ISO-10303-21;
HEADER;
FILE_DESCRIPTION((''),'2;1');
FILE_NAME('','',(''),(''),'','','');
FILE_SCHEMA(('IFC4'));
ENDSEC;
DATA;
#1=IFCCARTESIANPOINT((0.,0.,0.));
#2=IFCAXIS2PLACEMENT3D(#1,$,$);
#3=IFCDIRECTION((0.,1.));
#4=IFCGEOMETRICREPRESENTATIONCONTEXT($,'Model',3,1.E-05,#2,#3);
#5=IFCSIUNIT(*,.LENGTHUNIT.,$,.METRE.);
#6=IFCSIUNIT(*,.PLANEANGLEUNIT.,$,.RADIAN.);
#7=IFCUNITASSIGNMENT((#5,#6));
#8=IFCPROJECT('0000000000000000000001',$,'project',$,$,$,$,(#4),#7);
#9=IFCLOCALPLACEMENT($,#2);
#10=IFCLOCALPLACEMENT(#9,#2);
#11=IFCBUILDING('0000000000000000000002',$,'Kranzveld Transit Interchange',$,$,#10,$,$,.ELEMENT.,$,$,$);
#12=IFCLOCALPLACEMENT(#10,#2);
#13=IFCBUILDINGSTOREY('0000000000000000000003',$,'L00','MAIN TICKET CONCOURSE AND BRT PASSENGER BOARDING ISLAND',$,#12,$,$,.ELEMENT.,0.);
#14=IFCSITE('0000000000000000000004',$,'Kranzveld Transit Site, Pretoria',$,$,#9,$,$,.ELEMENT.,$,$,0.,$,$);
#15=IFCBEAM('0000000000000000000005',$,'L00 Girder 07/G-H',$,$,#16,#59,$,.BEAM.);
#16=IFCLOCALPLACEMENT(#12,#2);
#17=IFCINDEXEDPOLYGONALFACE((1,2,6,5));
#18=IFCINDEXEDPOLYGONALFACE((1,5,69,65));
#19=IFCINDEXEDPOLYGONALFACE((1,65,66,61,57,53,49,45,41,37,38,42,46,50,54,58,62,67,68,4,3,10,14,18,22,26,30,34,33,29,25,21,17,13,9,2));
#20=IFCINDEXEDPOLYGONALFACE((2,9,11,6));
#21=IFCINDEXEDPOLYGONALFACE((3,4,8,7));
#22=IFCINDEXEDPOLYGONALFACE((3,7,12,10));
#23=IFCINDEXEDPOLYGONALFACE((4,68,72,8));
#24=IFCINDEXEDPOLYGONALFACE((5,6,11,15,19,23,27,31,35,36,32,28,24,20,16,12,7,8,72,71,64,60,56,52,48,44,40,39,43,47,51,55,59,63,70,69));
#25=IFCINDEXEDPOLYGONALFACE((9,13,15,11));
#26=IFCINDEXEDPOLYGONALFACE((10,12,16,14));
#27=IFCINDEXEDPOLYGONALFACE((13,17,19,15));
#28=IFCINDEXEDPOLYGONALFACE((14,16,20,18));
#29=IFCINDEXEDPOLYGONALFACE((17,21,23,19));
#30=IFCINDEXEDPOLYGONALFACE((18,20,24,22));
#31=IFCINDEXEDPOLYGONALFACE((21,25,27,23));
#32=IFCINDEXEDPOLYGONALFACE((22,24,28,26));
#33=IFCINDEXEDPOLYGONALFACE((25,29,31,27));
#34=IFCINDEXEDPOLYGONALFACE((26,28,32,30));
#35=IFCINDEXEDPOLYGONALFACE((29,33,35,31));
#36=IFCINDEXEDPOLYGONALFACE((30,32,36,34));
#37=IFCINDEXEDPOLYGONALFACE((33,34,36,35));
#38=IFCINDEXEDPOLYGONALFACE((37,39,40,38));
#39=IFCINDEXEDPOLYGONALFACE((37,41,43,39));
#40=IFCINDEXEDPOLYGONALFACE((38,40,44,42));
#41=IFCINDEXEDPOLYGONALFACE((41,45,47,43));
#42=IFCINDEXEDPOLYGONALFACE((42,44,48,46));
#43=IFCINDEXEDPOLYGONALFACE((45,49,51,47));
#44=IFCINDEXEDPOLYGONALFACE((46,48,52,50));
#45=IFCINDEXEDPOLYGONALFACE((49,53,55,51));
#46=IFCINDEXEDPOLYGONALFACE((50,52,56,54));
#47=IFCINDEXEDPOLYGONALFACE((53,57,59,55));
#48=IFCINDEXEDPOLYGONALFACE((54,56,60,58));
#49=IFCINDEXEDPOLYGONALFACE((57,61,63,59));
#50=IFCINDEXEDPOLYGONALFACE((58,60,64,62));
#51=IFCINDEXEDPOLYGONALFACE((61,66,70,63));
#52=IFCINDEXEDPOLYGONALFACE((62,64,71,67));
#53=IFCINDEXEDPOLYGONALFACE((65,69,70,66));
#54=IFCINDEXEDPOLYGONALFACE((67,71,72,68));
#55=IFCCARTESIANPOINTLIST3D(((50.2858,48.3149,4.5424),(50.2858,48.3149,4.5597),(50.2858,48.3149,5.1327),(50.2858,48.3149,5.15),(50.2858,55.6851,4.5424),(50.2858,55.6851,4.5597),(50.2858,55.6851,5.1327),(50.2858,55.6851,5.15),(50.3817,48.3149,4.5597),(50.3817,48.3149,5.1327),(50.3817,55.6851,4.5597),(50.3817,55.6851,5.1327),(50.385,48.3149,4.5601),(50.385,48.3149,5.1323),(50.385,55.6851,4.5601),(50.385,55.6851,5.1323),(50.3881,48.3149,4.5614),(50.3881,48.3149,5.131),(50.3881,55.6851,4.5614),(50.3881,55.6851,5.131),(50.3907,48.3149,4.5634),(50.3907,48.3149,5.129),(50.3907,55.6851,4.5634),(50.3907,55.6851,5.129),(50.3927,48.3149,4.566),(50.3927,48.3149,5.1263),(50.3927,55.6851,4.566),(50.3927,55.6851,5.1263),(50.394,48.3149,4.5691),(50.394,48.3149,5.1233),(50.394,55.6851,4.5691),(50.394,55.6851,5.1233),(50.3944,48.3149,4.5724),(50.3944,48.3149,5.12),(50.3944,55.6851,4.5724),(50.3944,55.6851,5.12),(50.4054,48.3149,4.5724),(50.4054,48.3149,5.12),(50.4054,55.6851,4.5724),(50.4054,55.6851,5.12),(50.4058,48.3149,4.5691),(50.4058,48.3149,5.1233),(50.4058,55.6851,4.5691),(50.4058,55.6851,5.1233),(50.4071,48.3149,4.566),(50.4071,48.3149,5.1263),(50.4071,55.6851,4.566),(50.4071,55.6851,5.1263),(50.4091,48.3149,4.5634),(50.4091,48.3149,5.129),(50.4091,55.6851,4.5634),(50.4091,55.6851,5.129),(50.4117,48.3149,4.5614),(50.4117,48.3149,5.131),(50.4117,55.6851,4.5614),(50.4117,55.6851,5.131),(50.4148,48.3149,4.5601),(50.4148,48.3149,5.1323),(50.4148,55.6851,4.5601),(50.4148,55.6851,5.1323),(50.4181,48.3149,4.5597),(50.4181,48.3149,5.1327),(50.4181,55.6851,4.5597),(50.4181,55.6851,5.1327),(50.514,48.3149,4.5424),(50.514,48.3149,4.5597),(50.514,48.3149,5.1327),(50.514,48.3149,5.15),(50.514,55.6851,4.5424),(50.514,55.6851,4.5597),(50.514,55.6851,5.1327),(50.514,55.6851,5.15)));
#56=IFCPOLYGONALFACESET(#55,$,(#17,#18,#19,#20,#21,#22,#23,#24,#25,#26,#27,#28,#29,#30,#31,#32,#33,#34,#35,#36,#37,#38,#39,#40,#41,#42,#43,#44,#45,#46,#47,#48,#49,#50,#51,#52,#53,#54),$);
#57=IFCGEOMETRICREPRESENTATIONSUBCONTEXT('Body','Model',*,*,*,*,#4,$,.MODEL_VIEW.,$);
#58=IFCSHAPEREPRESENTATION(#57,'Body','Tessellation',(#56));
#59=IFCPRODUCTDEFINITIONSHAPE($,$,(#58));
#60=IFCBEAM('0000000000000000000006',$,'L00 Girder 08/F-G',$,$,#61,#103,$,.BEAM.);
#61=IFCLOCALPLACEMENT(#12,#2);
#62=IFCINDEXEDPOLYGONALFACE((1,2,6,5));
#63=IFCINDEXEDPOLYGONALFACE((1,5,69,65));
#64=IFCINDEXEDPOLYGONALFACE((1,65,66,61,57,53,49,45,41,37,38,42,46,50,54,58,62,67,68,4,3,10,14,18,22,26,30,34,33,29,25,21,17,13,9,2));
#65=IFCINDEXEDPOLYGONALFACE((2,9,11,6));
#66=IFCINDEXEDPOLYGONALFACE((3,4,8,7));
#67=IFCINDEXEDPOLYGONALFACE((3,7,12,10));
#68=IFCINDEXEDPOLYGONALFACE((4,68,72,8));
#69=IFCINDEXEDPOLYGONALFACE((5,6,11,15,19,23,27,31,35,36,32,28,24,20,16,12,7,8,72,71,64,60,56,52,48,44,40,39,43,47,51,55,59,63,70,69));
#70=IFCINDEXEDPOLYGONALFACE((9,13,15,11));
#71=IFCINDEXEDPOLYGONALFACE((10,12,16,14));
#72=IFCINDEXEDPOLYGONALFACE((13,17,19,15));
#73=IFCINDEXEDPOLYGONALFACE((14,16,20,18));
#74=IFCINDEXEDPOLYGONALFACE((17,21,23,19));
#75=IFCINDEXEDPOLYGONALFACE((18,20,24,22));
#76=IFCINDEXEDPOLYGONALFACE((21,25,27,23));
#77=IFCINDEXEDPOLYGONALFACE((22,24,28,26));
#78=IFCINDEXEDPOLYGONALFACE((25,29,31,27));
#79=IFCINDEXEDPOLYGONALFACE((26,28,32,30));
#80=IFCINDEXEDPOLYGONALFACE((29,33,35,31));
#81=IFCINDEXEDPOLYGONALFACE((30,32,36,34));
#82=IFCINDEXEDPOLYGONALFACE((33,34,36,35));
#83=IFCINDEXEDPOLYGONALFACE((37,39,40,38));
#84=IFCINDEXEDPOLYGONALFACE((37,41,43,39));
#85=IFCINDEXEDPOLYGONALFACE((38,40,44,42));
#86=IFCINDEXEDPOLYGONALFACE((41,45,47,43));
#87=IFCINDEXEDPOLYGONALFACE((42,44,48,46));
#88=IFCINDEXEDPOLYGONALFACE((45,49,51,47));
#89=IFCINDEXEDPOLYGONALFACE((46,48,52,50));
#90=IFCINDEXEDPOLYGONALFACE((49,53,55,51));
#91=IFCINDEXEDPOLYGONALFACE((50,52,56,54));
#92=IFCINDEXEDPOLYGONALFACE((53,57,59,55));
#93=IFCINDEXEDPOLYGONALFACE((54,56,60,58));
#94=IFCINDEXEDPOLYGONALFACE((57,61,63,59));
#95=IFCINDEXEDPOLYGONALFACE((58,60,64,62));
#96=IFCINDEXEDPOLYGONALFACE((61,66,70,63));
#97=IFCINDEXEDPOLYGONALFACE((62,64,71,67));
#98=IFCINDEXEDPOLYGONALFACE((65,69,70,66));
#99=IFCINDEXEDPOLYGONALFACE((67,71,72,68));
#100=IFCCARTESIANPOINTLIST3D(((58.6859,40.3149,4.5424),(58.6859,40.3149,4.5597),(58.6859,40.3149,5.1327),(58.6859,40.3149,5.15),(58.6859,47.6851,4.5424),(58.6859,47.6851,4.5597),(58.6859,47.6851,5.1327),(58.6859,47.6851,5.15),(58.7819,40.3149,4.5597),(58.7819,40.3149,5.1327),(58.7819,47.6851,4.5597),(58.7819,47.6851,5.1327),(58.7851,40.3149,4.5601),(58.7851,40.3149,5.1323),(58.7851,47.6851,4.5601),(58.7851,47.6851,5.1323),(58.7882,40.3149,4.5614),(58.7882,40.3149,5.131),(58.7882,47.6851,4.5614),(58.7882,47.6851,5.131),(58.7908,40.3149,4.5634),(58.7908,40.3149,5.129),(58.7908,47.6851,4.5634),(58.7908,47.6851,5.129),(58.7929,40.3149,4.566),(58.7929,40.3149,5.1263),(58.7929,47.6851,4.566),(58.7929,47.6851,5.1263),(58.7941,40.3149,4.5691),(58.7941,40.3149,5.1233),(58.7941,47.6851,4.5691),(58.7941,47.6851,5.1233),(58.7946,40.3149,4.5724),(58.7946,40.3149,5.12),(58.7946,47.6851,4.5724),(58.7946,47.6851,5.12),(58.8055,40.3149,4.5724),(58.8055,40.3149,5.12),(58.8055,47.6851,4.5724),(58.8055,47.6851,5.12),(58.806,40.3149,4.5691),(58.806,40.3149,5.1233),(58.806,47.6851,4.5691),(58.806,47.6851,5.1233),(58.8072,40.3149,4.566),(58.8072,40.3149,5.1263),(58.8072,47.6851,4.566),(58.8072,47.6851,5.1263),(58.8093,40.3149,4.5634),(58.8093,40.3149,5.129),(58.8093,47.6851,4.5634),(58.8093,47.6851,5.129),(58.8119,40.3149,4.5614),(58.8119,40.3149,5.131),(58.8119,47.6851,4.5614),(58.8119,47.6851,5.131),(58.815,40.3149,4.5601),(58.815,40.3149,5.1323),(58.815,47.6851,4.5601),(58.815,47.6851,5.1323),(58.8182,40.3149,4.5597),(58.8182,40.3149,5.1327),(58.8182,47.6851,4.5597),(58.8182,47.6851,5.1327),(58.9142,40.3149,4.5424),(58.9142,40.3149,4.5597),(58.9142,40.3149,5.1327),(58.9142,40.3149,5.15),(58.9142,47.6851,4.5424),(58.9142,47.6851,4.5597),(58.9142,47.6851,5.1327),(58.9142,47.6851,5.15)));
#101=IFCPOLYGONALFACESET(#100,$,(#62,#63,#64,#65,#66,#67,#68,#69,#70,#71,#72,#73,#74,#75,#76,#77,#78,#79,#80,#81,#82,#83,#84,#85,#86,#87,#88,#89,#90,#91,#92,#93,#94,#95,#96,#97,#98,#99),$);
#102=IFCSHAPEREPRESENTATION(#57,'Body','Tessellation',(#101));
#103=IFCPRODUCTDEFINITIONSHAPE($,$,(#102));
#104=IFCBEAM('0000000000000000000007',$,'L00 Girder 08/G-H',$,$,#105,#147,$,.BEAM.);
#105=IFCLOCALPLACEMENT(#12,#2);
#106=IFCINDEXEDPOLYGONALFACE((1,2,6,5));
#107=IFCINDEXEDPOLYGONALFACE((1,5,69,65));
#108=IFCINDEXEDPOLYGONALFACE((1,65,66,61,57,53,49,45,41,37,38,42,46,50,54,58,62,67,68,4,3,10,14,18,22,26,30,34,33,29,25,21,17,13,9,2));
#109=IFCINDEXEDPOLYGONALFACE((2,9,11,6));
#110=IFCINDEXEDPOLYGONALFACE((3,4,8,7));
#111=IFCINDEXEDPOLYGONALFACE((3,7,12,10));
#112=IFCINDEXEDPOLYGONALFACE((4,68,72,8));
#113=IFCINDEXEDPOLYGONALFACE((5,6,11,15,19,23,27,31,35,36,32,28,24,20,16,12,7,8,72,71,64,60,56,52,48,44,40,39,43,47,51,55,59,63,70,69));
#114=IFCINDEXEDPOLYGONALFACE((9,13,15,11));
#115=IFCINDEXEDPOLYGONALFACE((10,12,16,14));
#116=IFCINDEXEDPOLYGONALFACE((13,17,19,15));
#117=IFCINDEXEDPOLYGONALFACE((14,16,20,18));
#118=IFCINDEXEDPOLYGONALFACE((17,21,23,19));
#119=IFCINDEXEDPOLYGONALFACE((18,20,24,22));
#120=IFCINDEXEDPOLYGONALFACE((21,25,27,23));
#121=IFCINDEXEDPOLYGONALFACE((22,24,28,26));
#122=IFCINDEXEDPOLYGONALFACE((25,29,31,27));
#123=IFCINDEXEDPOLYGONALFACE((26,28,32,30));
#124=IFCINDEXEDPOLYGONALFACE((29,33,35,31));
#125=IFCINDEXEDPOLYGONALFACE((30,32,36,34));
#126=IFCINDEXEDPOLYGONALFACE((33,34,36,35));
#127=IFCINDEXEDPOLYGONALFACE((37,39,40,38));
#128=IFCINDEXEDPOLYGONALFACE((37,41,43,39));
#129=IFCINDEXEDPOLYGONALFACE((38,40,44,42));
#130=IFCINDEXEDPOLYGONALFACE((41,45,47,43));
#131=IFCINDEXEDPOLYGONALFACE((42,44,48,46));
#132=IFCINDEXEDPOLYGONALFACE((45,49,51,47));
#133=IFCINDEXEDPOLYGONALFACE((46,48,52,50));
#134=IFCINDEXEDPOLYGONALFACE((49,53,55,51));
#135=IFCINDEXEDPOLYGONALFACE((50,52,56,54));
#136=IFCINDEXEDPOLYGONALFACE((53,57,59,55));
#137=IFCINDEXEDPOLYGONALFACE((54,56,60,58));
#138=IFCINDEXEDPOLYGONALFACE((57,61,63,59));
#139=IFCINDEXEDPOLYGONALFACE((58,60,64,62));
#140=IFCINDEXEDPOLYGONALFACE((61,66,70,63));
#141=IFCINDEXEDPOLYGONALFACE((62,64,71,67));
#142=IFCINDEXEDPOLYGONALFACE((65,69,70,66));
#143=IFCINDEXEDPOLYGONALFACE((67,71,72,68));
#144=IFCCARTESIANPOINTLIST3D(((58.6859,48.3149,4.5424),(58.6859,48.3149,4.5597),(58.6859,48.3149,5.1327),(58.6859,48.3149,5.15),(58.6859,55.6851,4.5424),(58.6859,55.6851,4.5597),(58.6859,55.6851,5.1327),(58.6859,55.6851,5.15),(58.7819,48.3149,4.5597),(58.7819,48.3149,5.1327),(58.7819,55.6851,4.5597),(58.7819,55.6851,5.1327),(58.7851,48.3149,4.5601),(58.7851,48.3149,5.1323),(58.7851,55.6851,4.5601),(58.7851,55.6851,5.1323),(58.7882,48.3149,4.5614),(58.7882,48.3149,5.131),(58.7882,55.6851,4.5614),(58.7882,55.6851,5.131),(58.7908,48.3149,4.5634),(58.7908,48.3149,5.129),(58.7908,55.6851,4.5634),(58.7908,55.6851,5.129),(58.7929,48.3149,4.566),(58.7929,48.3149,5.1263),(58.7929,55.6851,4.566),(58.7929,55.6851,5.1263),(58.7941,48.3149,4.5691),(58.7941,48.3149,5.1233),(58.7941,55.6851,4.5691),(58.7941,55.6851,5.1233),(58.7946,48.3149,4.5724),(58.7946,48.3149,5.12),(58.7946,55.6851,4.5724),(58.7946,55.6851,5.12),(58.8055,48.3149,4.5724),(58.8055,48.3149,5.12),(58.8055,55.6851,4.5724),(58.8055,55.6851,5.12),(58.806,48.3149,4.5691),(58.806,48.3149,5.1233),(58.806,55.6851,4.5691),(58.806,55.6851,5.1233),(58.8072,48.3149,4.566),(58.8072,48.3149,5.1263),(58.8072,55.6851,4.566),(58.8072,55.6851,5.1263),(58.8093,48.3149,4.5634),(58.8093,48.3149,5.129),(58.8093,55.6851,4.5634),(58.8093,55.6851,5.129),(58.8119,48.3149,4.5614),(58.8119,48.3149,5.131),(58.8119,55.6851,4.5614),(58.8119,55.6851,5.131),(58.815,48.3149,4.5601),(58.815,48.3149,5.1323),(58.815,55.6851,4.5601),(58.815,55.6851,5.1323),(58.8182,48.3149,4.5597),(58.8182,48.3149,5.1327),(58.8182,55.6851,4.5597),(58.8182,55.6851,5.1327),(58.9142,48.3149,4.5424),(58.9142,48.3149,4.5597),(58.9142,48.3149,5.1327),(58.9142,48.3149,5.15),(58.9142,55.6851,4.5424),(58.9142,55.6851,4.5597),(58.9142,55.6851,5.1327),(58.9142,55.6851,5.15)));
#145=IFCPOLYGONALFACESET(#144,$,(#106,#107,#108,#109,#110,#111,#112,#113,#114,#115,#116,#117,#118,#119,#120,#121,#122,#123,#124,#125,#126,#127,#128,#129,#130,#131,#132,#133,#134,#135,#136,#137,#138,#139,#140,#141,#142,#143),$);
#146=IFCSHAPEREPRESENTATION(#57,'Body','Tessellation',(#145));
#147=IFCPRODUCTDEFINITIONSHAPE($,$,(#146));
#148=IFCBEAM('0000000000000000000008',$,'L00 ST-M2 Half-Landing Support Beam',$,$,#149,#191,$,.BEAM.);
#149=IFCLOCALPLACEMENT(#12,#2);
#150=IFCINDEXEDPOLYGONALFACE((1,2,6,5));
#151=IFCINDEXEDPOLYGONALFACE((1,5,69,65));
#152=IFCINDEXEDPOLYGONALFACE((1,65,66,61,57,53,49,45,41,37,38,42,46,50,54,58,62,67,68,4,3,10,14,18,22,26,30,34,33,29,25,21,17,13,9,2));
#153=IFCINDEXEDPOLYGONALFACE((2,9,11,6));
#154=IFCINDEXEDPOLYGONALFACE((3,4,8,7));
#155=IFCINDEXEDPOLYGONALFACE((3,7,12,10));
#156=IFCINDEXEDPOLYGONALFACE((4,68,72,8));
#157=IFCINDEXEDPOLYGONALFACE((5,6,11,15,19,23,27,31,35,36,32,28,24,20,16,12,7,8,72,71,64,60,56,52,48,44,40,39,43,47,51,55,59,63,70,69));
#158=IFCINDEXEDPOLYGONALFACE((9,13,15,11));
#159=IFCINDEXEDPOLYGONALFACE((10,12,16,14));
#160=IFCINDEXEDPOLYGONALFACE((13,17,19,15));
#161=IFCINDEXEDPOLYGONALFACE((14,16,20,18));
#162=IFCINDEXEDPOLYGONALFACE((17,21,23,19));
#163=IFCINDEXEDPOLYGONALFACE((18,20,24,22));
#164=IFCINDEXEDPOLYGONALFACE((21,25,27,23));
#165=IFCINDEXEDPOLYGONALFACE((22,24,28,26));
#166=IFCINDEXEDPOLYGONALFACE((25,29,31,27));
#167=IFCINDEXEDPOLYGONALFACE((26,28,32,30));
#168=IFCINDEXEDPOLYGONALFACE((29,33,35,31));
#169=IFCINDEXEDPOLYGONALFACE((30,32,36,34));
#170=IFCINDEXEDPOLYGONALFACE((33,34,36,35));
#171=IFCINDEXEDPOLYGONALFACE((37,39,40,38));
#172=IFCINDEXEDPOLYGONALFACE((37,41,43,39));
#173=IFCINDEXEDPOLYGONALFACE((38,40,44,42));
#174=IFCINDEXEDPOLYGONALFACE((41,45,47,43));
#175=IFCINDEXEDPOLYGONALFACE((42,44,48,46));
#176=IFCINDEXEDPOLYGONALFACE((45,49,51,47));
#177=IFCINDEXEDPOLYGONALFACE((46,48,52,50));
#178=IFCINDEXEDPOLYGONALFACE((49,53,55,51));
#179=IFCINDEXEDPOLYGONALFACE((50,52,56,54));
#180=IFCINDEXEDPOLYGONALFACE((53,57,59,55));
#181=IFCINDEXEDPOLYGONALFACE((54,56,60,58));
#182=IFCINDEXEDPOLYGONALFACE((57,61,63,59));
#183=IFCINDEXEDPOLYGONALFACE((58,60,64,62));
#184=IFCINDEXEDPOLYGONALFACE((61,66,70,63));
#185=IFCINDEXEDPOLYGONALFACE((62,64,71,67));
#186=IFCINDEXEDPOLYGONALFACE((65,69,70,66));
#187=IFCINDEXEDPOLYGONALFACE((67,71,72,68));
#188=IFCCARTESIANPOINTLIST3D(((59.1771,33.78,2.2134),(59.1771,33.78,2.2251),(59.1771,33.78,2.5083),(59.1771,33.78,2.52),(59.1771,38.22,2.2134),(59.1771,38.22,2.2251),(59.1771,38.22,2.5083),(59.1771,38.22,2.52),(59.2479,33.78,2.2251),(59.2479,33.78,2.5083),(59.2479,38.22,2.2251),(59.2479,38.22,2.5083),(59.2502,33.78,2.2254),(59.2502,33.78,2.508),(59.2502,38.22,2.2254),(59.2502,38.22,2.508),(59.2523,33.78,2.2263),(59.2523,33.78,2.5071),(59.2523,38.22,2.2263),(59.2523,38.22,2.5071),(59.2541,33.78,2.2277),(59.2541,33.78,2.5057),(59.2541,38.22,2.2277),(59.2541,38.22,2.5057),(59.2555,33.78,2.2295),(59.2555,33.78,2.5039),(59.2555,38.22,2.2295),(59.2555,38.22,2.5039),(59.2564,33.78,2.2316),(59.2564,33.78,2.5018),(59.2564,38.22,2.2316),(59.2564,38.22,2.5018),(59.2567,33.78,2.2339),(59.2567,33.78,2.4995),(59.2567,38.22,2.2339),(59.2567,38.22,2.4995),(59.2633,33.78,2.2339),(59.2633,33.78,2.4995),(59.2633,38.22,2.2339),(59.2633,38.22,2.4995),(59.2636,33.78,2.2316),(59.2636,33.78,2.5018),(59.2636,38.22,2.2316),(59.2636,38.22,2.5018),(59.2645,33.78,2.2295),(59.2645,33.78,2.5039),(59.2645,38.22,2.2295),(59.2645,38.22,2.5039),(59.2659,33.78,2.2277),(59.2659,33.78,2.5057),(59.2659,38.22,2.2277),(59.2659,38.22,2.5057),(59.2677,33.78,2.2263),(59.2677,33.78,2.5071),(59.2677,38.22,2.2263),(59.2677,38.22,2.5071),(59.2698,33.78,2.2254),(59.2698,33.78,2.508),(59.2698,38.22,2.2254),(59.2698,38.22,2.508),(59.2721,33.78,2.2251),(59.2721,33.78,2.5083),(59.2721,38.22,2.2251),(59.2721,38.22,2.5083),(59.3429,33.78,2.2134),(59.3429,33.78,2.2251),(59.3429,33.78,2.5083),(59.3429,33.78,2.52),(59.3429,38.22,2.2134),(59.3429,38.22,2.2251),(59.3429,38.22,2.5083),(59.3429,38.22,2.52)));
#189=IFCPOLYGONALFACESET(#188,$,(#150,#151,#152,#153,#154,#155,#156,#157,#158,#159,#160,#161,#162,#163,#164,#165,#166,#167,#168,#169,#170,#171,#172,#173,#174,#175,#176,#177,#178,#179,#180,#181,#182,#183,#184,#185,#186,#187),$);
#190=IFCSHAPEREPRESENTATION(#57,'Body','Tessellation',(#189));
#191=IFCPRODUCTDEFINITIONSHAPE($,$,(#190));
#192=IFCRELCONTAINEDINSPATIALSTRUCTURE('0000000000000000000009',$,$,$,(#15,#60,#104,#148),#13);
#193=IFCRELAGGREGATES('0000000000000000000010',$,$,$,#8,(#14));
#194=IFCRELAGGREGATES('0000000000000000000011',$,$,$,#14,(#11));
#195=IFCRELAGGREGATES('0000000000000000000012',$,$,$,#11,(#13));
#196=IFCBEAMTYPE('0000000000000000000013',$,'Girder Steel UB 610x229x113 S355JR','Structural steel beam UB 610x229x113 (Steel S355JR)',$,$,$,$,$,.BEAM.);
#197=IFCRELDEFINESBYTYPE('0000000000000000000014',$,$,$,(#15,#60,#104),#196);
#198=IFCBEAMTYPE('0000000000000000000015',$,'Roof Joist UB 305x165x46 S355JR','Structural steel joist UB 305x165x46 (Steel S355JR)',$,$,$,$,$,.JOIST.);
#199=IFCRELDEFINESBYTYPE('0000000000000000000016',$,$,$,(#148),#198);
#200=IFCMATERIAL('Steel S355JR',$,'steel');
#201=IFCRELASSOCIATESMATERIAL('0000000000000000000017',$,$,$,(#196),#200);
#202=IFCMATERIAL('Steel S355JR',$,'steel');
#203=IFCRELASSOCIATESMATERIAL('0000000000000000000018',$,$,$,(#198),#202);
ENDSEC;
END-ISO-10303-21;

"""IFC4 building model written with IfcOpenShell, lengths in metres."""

from ifc_helpers import new_model, si_unit, direction, frame, origin, origin_2d, place, context, subcontext, project, spatial, i_section, extrude, material, material_profile, profile_set, type_object, element, save


model = new_model("IFC4")

# Units and contexts
model_context = context("Model", 3, precision=1e-05, world=origin(), true_north=direction((0.0, 1.0)))
body_context = subcontext(model_context, "Body", "Model", "MODEL_VIEW")
ifc_project = project(units=[si_unit("LENGTHUNIT", "METRE"), si_unit("PLANEANGLEUNIT", "RADIAN")], contexts=[model_context])

# Site, building, storey
site_placement = place(None, origin())
site = spatial("IfcSite", under=ifc_project, at=site_placement, Name="Kranzveld Transit Site, Pretoria", CompositionType="ELEMENT", RefElevation=0.0)
building_placement = place(site_placement, origin())
building = spatial("IfcBuilding", under=site, at=building_placement, Name="Kranzveld Transit Interchange", CompositionType="ELEMENT")
storey_placement = place(building_placement, origin())
storey = spatial("IfcBuildingStorey", under=building, at=storey_placement, Name="L00", Description="MAIN TICKET CONCOURSE AND BRT PASSENGER BOARDING ISLAND", CompositionType="ELEMENT", Elevation=0.0)

# Beams
ifc_material_1 = material(Name="Steel S355JR", Category="steel")
ifc_material_profile_1 = material_profile(ifc_material_1, i_section(OverallWidth=0.2283, OverallDepth=0.6077, WebThickness=0.011, FlangeThickness=0.0173, FilletRadius=0.0127, at=origin_2d()), Name="UB 610x229x113")
ifc_profile_set_1 = profile_set([ifc_material_profile_1], Name="Steel S355JR")
beam_type_1 = type_object("IfcBeamType", Name="Girder Steel UB 610x229x113 S355JR", Description="Structural steel beam UB 610x229x113 (Steel S355JR)", PredefinedType="BEAM", material=ifc_profile_set_1)
for number, where, z_axis, x_axis, name in (
    (1, (50.3999, 48.3149, 4.8462), (0.0, 1.0, 0.0), (-1.0, 0.0, 0.0), "L00 Girder 07/G-H"),
    (2, (58.8, 40.3149, 4.8462), (0.0, 1.0, 0.0), (-1.0, 0.0, 0.0), "L00 Girder 08/F-G"),
    (3, (58.8, 48.3149, 4.8462), (0.0, 1.0, 0.0), (-1.0, 0.0, 0.0), "L00 Girder 08/G-H"),
):
    element("IfcBeam", number, at=place(storey_placement, frame(where, z_axis=z_axis, x_axis=x_axis)), inside=storey, type_object=beam_type_1, Name=name, PredefinedType="BEAM", context=body_context, shape_type="SweptSolid", body=[
        extrude(i_section(OverallWidth=0.2283, OverallDepth=0.6077, WebThickness=0.011, FlangeThickness=0.0173, FilletRadius=0.0127, at=origin_2d()), origin(), (0.0, 0.0, 1.0), 7.3701),
    ])
ifc_material_2 = material(Name="Steel S355JR", Category="steel")
ifc_material_profile_2 = material_profile(ifc_material_2, i_section(OverallWidth=0.1658, OverallDepth=0.3066, WebThickness=0.0066, FlangeThickness=0.0117, FilletRadius=0.0088, at=origin_2d()), Name="UB 305x165x46")
ifc_profile_set_2 = profile_set([ifc_material_profile_2], Name="Steel S355JR")
beam_type_2 = type_object("IfcBeamType", Name="Roof Joist UB 305x165x46 S355JR", Description="Structural steel joist UB 305x165x46 (Steel S355JR)", PredefinedType="JOIST", material=ifc_profile_set_2)
beam_placement = place(storey_placement, frame((59.26, 33.78, 2.3667), z_axis=(0.0, 1.0, 0.0), x_axis=(-1.0, 0.0, 0.0)))
element("IfcBeam", 4, at=beam_placement, inside=storey, type_object=beam_type_2, Name="L00 ST-M2 Half-Landing Support Beam", PredefinedType="BEAM", context=body_context, shape_type="SweptSolid", body=[
    extrude(i_section(OverallWidth=0.1658, OverallDepth=0.3066, WebThickness=0.0066, FlangeThickness=0.0117, FilletRadius=0.0088, at=origin_2d()), origin(), (0.0, 0.0, 1.0), 4.4399),
])

save(model, "model.ifc")
